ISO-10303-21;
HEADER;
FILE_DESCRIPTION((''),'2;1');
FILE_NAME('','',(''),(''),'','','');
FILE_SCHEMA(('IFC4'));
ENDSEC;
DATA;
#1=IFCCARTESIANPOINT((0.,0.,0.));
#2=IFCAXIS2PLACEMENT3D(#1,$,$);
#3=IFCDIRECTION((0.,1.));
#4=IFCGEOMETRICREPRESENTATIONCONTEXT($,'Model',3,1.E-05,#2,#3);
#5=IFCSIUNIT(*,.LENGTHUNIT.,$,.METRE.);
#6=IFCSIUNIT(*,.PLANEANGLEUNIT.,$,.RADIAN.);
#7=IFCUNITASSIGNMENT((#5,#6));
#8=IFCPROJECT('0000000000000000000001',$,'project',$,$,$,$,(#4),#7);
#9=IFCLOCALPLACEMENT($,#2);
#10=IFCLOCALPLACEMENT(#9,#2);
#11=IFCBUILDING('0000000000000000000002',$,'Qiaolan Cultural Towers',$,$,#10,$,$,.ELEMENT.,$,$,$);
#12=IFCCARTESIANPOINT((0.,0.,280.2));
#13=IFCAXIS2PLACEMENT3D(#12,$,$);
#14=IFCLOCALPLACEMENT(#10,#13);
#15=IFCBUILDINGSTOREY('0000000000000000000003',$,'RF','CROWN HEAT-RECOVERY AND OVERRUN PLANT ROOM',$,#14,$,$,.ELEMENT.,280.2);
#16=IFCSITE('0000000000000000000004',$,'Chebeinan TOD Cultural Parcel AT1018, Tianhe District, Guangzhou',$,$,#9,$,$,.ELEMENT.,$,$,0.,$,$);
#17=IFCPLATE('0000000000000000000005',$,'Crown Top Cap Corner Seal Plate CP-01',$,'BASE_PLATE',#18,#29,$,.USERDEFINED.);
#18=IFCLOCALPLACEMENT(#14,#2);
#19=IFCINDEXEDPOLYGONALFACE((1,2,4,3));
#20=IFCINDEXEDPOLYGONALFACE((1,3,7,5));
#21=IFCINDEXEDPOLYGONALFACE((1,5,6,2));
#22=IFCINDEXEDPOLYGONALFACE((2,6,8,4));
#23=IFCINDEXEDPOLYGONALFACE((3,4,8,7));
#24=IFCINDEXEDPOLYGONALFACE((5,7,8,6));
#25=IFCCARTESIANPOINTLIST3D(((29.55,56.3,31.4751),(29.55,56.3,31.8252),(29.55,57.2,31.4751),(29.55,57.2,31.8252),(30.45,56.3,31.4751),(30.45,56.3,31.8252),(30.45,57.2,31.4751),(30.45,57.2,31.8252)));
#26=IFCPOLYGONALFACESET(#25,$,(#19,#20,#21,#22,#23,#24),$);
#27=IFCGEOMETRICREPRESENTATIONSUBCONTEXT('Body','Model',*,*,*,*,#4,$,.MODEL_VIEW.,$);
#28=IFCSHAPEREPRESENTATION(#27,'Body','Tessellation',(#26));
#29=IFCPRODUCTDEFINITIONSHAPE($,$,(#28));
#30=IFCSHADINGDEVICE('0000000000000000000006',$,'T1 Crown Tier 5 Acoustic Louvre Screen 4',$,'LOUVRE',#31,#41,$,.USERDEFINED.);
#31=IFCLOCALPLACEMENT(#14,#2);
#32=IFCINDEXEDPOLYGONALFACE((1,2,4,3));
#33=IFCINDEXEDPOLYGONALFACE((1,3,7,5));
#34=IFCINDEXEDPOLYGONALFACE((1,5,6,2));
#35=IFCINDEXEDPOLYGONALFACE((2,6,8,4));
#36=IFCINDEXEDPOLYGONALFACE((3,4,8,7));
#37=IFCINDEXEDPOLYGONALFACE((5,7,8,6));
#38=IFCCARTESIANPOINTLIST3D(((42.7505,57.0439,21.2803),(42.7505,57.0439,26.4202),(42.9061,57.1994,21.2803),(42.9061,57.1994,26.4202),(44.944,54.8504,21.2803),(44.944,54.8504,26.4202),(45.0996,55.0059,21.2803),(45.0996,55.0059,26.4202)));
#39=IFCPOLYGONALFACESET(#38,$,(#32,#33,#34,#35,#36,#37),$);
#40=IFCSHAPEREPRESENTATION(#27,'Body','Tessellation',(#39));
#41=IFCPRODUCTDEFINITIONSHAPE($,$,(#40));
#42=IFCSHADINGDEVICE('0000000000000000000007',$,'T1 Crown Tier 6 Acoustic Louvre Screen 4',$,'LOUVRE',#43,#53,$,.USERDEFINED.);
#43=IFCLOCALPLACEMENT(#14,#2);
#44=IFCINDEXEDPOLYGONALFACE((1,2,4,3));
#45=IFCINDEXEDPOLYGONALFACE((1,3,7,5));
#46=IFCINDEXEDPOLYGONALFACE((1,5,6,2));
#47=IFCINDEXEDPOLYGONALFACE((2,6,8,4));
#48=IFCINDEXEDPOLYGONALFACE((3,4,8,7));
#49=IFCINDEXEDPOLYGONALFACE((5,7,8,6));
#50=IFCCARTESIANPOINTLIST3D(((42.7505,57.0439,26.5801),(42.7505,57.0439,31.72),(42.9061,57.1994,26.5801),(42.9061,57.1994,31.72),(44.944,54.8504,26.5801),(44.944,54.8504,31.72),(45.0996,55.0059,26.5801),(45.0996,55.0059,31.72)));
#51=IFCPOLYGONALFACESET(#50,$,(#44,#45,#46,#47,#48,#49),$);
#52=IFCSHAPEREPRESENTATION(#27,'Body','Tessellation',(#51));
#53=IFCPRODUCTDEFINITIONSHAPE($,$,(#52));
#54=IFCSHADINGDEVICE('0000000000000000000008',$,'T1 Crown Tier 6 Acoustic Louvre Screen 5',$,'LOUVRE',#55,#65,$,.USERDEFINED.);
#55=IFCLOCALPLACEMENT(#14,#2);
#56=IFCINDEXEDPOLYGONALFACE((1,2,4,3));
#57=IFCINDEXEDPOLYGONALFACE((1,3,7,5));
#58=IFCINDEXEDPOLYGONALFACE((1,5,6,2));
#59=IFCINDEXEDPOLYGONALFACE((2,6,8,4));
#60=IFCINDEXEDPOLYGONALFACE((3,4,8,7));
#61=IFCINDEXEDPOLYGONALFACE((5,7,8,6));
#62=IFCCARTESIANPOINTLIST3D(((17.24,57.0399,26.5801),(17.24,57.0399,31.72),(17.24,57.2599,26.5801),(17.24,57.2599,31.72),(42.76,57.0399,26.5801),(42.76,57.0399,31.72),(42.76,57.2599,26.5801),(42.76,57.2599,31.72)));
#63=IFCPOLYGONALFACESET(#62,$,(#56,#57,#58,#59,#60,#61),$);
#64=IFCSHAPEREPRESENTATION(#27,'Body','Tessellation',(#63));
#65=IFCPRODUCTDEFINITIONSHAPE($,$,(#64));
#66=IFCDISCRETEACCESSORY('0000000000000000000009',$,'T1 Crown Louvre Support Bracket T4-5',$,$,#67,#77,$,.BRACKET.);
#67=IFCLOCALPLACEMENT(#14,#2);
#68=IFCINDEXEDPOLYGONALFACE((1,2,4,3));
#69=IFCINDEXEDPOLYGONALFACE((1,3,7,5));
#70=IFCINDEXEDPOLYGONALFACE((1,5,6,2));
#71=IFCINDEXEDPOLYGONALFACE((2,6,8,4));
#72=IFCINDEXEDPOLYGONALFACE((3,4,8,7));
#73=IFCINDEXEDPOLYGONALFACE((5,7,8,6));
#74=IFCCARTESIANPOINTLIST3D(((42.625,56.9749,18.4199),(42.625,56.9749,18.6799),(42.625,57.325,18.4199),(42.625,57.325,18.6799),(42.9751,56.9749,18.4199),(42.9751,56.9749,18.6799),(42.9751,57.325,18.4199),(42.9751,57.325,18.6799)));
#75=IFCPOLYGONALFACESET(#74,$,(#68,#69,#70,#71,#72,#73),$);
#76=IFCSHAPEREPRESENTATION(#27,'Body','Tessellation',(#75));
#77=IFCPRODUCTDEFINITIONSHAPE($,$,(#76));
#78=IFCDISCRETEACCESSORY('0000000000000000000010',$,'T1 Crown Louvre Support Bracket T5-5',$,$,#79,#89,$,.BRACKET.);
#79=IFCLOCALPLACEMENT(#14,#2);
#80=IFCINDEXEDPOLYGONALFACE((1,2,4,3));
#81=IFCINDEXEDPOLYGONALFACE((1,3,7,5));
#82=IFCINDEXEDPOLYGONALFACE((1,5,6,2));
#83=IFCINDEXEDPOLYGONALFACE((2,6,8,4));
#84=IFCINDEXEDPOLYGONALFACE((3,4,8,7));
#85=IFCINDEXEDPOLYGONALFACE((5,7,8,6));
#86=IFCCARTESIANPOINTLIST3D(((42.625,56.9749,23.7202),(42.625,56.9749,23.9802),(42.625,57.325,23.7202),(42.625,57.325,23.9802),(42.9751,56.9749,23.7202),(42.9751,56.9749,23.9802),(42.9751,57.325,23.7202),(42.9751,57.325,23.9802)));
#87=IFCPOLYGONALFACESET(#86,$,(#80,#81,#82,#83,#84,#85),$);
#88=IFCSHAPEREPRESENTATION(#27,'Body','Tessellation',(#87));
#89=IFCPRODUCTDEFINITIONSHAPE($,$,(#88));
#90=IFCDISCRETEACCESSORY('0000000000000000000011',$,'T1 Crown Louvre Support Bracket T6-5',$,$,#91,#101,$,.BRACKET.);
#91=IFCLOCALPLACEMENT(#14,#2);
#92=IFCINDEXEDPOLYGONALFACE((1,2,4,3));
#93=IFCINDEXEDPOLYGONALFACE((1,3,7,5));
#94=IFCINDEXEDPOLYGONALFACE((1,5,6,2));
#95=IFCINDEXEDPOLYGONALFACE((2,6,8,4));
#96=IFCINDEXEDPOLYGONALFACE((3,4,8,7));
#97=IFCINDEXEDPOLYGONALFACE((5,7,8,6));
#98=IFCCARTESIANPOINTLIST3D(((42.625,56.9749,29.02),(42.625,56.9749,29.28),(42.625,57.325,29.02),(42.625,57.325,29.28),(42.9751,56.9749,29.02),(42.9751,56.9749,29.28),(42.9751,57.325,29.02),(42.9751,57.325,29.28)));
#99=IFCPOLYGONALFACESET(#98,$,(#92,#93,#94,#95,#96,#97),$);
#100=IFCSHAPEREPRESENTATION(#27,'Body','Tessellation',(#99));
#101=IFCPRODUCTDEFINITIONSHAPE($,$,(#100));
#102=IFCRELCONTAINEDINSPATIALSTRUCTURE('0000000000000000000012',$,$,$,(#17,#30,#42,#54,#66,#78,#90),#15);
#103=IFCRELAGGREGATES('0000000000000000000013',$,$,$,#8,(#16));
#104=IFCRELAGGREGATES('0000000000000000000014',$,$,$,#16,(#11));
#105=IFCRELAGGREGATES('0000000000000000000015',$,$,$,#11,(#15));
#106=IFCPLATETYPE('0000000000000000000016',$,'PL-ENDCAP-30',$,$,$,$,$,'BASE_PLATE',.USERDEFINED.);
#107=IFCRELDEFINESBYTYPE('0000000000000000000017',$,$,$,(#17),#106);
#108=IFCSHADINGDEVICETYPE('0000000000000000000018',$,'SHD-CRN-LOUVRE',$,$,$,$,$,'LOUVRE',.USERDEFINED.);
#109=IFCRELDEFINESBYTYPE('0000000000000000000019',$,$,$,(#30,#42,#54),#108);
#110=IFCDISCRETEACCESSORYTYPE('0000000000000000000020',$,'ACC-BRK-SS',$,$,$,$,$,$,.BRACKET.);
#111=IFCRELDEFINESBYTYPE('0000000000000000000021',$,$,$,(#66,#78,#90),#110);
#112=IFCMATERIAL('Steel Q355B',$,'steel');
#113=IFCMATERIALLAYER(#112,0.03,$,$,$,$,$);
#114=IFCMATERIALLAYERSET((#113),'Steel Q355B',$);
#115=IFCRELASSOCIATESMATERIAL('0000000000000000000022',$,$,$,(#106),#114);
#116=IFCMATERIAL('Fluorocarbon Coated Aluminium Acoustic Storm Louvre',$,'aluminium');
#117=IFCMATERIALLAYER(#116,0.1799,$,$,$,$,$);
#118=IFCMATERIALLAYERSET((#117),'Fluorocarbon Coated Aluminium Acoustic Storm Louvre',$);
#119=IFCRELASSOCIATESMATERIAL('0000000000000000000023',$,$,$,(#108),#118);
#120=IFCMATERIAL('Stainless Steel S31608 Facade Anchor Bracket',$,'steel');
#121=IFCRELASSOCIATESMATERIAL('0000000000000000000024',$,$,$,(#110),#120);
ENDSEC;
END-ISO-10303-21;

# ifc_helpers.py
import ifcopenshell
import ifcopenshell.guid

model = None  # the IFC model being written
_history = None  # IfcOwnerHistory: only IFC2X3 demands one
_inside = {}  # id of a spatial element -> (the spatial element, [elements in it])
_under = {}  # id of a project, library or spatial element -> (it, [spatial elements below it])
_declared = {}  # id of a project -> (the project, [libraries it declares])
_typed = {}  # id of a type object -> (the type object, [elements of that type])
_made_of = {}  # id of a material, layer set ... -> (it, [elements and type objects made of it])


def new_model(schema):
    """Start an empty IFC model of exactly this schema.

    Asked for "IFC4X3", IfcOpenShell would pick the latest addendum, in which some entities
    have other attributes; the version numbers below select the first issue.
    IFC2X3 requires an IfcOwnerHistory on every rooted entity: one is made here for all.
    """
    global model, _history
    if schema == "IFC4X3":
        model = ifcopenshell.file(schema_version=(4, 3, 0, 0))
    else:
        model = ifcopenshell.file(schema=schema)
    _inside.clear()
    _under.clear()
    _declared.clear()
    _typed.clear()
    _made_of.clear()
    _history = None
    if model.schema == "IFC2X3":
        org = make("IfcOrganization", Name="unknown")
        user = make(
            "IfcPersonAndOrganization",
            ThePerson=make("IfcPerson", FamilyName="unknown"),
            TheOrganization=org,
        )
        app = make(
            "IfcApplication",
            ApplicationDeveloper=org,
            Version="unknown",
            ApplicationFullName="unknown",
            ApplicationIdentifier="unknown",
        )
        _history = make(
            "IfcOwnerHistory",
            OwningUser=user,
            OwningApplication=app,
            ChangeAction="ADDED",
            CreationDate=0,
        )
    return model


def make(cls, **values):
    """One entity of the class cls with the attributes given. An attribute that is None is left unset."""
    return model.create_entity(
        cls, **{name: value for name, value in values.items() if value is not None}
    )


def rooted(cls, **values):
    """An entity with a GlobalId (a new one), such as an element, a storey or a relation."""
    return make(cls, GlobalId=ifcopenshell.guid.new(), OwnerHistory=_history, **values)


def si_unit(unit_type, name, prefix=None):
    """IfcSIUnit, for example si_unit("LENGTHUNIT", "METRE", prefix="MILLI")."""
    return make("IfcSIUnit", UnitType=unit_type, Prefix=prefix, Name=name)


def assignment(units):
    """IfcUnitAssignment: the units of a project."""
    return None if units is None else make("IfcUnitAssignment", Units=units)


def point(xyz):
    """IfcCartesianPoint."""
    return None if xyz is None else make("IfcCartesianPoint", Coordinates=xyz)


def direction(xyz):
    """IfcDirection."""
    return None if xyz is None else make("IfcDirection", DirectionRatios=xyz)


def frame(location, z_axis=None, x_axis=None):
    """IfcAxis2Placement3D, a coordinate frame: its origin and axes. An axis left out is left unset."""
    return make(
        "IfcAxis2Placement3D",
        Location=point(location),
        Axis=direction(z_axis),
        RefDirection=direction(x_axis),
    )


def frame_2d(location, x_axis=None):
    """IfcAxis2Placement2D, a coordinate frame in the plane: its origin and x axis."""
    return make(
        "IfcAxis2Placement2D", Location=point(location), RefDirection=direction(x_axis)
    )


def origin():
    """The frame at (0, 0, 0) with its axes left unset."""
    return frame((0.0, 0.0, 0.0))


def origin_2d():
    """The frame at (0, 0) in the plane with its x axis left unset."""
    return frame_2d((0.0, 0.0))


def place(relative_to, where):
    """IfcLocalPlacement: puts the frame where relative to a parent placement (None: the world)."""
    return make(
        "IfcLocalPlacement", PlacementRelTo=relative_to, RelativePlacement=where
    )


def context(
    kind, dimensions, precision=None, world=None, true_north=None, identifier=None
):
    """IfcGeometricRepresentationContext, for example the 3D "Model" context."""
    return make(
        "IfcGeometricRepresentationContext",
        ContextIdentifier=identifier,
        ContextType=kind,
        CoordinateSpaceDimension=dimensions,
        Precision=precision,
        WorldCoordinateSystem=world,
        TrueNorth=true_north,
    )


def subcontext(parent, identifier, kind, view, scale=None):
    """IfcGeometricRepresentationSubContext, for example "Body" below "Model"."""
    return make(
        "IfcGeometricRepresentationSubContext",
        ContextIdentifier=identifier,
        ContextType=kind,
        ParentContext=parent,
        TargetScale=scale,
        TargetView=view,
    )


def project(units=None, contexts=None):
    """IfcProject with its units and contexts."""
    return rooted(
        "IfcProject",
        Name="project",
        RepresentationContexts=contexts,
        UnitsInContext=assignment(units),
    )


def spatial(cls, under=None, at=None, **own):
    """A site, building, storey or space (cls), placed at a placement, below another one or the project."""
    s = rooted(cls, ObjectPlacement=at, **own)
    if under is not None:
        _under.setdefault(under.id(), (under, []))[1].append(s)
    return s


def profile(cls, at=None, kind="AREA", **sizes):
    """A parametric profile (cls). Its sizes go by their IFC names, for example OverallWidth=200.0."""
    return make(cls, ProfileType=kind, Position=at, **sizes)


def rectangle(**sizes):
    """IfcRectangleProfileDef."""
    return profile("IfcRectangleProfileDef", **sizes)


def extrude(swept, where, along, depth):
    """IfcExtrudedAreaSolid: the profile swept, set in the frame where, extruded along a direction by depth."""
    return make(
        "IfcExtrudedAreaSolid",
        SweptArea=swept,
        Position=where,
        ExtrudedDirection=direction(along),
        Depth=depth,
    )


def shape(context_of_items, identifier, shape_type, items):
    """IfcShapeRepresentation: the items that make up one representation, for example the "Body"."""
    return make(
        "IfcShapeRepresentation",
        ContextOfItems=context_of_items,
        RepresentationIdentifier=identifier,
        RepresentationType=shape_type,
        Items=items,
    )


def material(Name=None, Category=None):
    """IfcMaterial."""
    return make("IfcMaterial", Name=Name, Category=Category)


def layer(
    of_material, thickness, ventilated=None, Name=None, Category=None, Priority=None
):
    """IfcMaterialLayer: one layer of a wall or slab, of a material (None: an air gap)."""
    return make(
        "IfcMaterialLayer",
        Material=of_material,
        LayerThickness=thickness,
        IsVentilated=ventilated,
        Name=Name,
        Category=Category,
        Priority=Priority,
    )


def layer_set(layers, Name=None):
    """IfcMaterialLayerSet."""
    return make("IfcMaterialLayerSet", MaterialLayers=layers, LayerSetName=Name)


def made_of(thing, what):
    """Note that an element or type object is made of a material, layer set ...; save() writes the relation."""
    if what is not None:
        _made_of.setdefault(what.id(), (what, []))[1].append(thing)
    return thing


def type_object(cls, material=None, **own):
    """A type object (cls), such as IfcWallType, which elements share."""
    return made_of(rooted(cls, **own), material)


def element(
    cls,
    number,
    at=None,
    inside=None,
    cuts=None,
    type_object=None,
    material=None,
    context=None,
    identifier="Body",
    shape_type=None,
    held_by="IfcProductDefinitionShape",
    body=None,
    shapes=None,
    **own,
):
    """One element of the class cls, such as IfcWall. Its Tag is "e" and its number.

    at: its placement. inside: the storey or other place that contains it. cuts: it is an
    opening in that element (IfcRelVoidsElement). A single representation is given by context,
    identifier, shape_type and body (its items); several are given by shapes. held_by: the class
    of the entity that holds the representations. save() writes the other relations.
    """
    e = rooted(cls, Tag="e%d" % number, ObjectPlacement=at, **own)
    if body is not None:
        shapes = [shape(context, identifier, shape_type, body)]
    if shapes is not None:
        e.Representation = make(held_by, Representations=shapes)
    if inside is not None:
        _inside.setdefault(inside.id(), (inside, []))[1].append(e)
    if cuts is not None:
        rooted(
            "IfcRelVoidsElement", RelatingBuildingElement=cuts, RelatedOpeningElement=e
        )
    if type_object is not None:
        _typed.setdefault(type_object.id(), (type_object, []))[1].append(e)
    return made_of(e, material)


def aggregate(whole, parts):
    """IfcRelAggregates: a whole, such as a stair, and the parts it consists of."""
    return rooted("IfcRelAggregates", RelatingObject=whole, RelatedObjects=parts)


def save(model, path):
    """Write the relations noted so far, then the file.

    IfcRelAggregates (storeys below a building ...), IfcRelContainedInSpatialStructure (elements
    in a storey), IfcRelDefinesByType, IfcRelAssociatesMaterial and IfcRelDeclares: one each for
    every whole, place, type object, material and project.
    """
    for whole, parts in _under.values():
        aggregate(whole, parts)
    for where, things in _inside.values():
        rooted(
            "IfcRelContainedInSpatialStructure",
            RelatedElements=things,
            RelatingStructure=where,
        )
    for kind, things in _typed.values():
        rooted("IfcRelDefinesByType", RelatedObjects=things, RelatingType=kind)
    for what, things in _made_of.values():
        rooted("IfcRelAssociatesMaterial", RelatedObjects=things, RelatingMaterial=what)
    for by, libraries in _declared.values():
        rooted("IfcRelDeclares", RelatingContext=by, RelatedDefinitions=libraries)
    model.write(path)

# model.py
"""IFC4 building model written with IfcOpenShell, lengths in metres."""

from ifc_helpers import new_model, si_unit, direction, frame, origin, origin_2d, place, context, subcontext, project, spatial, rectangle, extrude, material, layer, layer_set, type_object, element, save


model = new_model("IFC4")

# Units and contexts
model_context = context("Model", 3, precision=1e-05, world=origin(), true_north=direction((0.0, 1.0)))
body_context = subcontext(model_context, "Body", "Model", "MODEL_VIEW")
ifc_project = project(units=[si_unit("LENGTHUNIT", "METRE"), si_unit("PLANEANGLEUNIT", "RADIAN")], contexts=[model_context])

# Site, building, storey
site_placement = place(None, origin())
site = spatial("IfcSite", under=ifc_project, at=site_placement, Name="Chebeinan TOD Cultural Parcel AT1018, Tianhe District, Guangzhou", CompositionType="ELEMENT", RefElevation=0.0)
building_placement = place(site_placement, origin())
building = spatial("IfcBuilding", under=site, at=building_placement, Name="Qiaolan Cultural Towers", CompositionType="ELEMENT")
storey_placement = place(building_placement, frame((0.0, 0.0, 280.2)))
storey = spatial("IfcBuildingStorey", under=building, at=storey_placement, Name="RF", Description="CROWN HEAT-RECOVERY AND OVERRUN PLANT ROOM", CompositionType="ELEMENT", Elevation=280.2)

# Plate
ifc_material_1 = material(Name="Steel Q355B", Category="steel")
ifc_layer_1 = layer(ifc_material_1, 0.03)
ifc_layer_set_1 = layer_set([ifc_layer_1], Name="Steel Q355B")
plate_type_1 = type_object("IfcPlateType", Name="PL-ENDCAP-30", ElementType="BASE_PLATE", PredefinedType="USERDEFINED", material=ifc_layer_set_1)
for number, where, z_axis, x_axis, name in (
    (1, (30.0, 56.75, 31.4751), (0.0, 0.0, 1.0), (1.0, 0.0, 0.0), "Crown Top Cap Corner Seal Plate CP-01"),
):
    element("IfcPlate", number, at=place(storey_placement, frame(where, z_axis=z_axis, x_axis=x_axis)), inside=storey, type_object=plate_type_1, Name=name, ObjectType="BASE_PLATE", PredefinedType="USERDEFINED", context=body_context, shape_type="SweptSolid", body=[
        extrude(rectangle(XDim=0.8999, YDim=0.8999, at=origin_2d()), origin(), (0.0, 0.0, 1.0), 0.3501),
    ])

# Shading devices
ifc_material_2 = material(Name="Fluorocarbon Coated Aluminium Acoustic Storm Louvre", Category="aluminium")
ifc_layer_2 = layer(ifc_material_2, 0.1799)
ifc_layer_set_2 = layer_set([ifc_layer_2], Name="Fluorocarbon Coated Aluminium Acoustic Storm Louvre")
shading_device_type = type_object("IfcShadingDeviceType", Name="SHD-CRN-LOUVRE", ElementType="LOUVRE", PredefinedType="USERDEFINED", material=ifc_layer_set_2)
for number, where, z_axis, x_axis, name in (
    (2, (43.925, 56.0249, 21.2803), (0.0, 0.0, 1.0), (-0.707107, 0.707107, 0.0), "T1 Crown Tier 5 Acoustic Louvre Screen 4"),
    (3, (43.925, 56.0249, 26.5801), (0.0, 0.0, 1.0), (-0.707107, 0.707107, 0.0), "T1 Crown Tier 6 Acoustic Louvre Screen 4"),
):
    element("IfcShadingDevice", number, at=place(storey_placement, frame(where, z_axis=z_axis, x_axis=x_axis)), inside=storey, type_object=shading_device_type, Name=name, ObjectType="LOUVRE", PredefinedType="USERDEFINED", context=body_context, shape_type="SweptSolid", body=[
        extrude(rectangle(XDim=3.1021, YDim=0.22, at=origin_2d()), origin(), (0.0, 0.0, 1.0), 5.1399),
    ])
shading_device_placement = place(storey_placement, frame((30.0, 57.1499, 26.5801), z_axis=(0.0, 0.0, 1.0), x_axis=(-1.0, 0.0, 0.0)))
element("IfcShadingDevice", 4, at=shading_device_placement, inside=storey, type_object=shading_device_type, Name="T1 Crown Tier 6 Acoustic Louvre Screen 5", ObjectType="LOUVRE", PredefinedType="USERDEFINED", context=body_context, shape_type="SweptSolid", body=[
    extrude(rectangle(XDim=25.52, YDim=0.22, at=origin_2d()), origin(), (0.0, 0.0, 1.0), 5.1399),
])

# Discrete accessories
ifc_material_3 = material(Name="Stainless Steel S31608 Facade Anchor Bracket", Category="steel")
discrete_accessory_type = type_object("IfcDiscreteAccessoryType", Name="ACC-BRK-SS", PredefinedType="BRACKET", material=ifc_material_3)
for number, where, z_axis, x_axis, name in (
    (5, (42.8, 57.1499, 18.4199), (0.0, 0.0, 1.0), (-1.0, 0.0, 0.0), "T1 Crown Louvre Support Bracket T4-5"),
    (6, (42.8, 57.1499, 23.7202), (0.0, 0.0, 1.0), (-1.0, 0.0, 0.0), "T1 Crown Louvre Support Bracket T5-5"),
    (7, (42.8, 57.1499, 29.02), (0.0, 0.0, 1.0), (-1.0, 0.0, 0.0), "T1 Crown Louvre Support Bracket T6-5"),
):
    element("IfcDiscreteAccessory", number, at=place(storey_placement, frame(where, z_axis=z_axis, x_axis=x_axis)), inside=storey, type_object=discrete_accessory_type, Name=name, PredefinedType="BRACKET", context=body_context, shape_type="SweptSolid", body=[
        extrude(rectangle(XDim=0.3501, YDim=0.3501, at=origin_2d()), origin(), (0.0, 0.0, 1.0), 0.26),
    ])

save(model, "model.ifc")
